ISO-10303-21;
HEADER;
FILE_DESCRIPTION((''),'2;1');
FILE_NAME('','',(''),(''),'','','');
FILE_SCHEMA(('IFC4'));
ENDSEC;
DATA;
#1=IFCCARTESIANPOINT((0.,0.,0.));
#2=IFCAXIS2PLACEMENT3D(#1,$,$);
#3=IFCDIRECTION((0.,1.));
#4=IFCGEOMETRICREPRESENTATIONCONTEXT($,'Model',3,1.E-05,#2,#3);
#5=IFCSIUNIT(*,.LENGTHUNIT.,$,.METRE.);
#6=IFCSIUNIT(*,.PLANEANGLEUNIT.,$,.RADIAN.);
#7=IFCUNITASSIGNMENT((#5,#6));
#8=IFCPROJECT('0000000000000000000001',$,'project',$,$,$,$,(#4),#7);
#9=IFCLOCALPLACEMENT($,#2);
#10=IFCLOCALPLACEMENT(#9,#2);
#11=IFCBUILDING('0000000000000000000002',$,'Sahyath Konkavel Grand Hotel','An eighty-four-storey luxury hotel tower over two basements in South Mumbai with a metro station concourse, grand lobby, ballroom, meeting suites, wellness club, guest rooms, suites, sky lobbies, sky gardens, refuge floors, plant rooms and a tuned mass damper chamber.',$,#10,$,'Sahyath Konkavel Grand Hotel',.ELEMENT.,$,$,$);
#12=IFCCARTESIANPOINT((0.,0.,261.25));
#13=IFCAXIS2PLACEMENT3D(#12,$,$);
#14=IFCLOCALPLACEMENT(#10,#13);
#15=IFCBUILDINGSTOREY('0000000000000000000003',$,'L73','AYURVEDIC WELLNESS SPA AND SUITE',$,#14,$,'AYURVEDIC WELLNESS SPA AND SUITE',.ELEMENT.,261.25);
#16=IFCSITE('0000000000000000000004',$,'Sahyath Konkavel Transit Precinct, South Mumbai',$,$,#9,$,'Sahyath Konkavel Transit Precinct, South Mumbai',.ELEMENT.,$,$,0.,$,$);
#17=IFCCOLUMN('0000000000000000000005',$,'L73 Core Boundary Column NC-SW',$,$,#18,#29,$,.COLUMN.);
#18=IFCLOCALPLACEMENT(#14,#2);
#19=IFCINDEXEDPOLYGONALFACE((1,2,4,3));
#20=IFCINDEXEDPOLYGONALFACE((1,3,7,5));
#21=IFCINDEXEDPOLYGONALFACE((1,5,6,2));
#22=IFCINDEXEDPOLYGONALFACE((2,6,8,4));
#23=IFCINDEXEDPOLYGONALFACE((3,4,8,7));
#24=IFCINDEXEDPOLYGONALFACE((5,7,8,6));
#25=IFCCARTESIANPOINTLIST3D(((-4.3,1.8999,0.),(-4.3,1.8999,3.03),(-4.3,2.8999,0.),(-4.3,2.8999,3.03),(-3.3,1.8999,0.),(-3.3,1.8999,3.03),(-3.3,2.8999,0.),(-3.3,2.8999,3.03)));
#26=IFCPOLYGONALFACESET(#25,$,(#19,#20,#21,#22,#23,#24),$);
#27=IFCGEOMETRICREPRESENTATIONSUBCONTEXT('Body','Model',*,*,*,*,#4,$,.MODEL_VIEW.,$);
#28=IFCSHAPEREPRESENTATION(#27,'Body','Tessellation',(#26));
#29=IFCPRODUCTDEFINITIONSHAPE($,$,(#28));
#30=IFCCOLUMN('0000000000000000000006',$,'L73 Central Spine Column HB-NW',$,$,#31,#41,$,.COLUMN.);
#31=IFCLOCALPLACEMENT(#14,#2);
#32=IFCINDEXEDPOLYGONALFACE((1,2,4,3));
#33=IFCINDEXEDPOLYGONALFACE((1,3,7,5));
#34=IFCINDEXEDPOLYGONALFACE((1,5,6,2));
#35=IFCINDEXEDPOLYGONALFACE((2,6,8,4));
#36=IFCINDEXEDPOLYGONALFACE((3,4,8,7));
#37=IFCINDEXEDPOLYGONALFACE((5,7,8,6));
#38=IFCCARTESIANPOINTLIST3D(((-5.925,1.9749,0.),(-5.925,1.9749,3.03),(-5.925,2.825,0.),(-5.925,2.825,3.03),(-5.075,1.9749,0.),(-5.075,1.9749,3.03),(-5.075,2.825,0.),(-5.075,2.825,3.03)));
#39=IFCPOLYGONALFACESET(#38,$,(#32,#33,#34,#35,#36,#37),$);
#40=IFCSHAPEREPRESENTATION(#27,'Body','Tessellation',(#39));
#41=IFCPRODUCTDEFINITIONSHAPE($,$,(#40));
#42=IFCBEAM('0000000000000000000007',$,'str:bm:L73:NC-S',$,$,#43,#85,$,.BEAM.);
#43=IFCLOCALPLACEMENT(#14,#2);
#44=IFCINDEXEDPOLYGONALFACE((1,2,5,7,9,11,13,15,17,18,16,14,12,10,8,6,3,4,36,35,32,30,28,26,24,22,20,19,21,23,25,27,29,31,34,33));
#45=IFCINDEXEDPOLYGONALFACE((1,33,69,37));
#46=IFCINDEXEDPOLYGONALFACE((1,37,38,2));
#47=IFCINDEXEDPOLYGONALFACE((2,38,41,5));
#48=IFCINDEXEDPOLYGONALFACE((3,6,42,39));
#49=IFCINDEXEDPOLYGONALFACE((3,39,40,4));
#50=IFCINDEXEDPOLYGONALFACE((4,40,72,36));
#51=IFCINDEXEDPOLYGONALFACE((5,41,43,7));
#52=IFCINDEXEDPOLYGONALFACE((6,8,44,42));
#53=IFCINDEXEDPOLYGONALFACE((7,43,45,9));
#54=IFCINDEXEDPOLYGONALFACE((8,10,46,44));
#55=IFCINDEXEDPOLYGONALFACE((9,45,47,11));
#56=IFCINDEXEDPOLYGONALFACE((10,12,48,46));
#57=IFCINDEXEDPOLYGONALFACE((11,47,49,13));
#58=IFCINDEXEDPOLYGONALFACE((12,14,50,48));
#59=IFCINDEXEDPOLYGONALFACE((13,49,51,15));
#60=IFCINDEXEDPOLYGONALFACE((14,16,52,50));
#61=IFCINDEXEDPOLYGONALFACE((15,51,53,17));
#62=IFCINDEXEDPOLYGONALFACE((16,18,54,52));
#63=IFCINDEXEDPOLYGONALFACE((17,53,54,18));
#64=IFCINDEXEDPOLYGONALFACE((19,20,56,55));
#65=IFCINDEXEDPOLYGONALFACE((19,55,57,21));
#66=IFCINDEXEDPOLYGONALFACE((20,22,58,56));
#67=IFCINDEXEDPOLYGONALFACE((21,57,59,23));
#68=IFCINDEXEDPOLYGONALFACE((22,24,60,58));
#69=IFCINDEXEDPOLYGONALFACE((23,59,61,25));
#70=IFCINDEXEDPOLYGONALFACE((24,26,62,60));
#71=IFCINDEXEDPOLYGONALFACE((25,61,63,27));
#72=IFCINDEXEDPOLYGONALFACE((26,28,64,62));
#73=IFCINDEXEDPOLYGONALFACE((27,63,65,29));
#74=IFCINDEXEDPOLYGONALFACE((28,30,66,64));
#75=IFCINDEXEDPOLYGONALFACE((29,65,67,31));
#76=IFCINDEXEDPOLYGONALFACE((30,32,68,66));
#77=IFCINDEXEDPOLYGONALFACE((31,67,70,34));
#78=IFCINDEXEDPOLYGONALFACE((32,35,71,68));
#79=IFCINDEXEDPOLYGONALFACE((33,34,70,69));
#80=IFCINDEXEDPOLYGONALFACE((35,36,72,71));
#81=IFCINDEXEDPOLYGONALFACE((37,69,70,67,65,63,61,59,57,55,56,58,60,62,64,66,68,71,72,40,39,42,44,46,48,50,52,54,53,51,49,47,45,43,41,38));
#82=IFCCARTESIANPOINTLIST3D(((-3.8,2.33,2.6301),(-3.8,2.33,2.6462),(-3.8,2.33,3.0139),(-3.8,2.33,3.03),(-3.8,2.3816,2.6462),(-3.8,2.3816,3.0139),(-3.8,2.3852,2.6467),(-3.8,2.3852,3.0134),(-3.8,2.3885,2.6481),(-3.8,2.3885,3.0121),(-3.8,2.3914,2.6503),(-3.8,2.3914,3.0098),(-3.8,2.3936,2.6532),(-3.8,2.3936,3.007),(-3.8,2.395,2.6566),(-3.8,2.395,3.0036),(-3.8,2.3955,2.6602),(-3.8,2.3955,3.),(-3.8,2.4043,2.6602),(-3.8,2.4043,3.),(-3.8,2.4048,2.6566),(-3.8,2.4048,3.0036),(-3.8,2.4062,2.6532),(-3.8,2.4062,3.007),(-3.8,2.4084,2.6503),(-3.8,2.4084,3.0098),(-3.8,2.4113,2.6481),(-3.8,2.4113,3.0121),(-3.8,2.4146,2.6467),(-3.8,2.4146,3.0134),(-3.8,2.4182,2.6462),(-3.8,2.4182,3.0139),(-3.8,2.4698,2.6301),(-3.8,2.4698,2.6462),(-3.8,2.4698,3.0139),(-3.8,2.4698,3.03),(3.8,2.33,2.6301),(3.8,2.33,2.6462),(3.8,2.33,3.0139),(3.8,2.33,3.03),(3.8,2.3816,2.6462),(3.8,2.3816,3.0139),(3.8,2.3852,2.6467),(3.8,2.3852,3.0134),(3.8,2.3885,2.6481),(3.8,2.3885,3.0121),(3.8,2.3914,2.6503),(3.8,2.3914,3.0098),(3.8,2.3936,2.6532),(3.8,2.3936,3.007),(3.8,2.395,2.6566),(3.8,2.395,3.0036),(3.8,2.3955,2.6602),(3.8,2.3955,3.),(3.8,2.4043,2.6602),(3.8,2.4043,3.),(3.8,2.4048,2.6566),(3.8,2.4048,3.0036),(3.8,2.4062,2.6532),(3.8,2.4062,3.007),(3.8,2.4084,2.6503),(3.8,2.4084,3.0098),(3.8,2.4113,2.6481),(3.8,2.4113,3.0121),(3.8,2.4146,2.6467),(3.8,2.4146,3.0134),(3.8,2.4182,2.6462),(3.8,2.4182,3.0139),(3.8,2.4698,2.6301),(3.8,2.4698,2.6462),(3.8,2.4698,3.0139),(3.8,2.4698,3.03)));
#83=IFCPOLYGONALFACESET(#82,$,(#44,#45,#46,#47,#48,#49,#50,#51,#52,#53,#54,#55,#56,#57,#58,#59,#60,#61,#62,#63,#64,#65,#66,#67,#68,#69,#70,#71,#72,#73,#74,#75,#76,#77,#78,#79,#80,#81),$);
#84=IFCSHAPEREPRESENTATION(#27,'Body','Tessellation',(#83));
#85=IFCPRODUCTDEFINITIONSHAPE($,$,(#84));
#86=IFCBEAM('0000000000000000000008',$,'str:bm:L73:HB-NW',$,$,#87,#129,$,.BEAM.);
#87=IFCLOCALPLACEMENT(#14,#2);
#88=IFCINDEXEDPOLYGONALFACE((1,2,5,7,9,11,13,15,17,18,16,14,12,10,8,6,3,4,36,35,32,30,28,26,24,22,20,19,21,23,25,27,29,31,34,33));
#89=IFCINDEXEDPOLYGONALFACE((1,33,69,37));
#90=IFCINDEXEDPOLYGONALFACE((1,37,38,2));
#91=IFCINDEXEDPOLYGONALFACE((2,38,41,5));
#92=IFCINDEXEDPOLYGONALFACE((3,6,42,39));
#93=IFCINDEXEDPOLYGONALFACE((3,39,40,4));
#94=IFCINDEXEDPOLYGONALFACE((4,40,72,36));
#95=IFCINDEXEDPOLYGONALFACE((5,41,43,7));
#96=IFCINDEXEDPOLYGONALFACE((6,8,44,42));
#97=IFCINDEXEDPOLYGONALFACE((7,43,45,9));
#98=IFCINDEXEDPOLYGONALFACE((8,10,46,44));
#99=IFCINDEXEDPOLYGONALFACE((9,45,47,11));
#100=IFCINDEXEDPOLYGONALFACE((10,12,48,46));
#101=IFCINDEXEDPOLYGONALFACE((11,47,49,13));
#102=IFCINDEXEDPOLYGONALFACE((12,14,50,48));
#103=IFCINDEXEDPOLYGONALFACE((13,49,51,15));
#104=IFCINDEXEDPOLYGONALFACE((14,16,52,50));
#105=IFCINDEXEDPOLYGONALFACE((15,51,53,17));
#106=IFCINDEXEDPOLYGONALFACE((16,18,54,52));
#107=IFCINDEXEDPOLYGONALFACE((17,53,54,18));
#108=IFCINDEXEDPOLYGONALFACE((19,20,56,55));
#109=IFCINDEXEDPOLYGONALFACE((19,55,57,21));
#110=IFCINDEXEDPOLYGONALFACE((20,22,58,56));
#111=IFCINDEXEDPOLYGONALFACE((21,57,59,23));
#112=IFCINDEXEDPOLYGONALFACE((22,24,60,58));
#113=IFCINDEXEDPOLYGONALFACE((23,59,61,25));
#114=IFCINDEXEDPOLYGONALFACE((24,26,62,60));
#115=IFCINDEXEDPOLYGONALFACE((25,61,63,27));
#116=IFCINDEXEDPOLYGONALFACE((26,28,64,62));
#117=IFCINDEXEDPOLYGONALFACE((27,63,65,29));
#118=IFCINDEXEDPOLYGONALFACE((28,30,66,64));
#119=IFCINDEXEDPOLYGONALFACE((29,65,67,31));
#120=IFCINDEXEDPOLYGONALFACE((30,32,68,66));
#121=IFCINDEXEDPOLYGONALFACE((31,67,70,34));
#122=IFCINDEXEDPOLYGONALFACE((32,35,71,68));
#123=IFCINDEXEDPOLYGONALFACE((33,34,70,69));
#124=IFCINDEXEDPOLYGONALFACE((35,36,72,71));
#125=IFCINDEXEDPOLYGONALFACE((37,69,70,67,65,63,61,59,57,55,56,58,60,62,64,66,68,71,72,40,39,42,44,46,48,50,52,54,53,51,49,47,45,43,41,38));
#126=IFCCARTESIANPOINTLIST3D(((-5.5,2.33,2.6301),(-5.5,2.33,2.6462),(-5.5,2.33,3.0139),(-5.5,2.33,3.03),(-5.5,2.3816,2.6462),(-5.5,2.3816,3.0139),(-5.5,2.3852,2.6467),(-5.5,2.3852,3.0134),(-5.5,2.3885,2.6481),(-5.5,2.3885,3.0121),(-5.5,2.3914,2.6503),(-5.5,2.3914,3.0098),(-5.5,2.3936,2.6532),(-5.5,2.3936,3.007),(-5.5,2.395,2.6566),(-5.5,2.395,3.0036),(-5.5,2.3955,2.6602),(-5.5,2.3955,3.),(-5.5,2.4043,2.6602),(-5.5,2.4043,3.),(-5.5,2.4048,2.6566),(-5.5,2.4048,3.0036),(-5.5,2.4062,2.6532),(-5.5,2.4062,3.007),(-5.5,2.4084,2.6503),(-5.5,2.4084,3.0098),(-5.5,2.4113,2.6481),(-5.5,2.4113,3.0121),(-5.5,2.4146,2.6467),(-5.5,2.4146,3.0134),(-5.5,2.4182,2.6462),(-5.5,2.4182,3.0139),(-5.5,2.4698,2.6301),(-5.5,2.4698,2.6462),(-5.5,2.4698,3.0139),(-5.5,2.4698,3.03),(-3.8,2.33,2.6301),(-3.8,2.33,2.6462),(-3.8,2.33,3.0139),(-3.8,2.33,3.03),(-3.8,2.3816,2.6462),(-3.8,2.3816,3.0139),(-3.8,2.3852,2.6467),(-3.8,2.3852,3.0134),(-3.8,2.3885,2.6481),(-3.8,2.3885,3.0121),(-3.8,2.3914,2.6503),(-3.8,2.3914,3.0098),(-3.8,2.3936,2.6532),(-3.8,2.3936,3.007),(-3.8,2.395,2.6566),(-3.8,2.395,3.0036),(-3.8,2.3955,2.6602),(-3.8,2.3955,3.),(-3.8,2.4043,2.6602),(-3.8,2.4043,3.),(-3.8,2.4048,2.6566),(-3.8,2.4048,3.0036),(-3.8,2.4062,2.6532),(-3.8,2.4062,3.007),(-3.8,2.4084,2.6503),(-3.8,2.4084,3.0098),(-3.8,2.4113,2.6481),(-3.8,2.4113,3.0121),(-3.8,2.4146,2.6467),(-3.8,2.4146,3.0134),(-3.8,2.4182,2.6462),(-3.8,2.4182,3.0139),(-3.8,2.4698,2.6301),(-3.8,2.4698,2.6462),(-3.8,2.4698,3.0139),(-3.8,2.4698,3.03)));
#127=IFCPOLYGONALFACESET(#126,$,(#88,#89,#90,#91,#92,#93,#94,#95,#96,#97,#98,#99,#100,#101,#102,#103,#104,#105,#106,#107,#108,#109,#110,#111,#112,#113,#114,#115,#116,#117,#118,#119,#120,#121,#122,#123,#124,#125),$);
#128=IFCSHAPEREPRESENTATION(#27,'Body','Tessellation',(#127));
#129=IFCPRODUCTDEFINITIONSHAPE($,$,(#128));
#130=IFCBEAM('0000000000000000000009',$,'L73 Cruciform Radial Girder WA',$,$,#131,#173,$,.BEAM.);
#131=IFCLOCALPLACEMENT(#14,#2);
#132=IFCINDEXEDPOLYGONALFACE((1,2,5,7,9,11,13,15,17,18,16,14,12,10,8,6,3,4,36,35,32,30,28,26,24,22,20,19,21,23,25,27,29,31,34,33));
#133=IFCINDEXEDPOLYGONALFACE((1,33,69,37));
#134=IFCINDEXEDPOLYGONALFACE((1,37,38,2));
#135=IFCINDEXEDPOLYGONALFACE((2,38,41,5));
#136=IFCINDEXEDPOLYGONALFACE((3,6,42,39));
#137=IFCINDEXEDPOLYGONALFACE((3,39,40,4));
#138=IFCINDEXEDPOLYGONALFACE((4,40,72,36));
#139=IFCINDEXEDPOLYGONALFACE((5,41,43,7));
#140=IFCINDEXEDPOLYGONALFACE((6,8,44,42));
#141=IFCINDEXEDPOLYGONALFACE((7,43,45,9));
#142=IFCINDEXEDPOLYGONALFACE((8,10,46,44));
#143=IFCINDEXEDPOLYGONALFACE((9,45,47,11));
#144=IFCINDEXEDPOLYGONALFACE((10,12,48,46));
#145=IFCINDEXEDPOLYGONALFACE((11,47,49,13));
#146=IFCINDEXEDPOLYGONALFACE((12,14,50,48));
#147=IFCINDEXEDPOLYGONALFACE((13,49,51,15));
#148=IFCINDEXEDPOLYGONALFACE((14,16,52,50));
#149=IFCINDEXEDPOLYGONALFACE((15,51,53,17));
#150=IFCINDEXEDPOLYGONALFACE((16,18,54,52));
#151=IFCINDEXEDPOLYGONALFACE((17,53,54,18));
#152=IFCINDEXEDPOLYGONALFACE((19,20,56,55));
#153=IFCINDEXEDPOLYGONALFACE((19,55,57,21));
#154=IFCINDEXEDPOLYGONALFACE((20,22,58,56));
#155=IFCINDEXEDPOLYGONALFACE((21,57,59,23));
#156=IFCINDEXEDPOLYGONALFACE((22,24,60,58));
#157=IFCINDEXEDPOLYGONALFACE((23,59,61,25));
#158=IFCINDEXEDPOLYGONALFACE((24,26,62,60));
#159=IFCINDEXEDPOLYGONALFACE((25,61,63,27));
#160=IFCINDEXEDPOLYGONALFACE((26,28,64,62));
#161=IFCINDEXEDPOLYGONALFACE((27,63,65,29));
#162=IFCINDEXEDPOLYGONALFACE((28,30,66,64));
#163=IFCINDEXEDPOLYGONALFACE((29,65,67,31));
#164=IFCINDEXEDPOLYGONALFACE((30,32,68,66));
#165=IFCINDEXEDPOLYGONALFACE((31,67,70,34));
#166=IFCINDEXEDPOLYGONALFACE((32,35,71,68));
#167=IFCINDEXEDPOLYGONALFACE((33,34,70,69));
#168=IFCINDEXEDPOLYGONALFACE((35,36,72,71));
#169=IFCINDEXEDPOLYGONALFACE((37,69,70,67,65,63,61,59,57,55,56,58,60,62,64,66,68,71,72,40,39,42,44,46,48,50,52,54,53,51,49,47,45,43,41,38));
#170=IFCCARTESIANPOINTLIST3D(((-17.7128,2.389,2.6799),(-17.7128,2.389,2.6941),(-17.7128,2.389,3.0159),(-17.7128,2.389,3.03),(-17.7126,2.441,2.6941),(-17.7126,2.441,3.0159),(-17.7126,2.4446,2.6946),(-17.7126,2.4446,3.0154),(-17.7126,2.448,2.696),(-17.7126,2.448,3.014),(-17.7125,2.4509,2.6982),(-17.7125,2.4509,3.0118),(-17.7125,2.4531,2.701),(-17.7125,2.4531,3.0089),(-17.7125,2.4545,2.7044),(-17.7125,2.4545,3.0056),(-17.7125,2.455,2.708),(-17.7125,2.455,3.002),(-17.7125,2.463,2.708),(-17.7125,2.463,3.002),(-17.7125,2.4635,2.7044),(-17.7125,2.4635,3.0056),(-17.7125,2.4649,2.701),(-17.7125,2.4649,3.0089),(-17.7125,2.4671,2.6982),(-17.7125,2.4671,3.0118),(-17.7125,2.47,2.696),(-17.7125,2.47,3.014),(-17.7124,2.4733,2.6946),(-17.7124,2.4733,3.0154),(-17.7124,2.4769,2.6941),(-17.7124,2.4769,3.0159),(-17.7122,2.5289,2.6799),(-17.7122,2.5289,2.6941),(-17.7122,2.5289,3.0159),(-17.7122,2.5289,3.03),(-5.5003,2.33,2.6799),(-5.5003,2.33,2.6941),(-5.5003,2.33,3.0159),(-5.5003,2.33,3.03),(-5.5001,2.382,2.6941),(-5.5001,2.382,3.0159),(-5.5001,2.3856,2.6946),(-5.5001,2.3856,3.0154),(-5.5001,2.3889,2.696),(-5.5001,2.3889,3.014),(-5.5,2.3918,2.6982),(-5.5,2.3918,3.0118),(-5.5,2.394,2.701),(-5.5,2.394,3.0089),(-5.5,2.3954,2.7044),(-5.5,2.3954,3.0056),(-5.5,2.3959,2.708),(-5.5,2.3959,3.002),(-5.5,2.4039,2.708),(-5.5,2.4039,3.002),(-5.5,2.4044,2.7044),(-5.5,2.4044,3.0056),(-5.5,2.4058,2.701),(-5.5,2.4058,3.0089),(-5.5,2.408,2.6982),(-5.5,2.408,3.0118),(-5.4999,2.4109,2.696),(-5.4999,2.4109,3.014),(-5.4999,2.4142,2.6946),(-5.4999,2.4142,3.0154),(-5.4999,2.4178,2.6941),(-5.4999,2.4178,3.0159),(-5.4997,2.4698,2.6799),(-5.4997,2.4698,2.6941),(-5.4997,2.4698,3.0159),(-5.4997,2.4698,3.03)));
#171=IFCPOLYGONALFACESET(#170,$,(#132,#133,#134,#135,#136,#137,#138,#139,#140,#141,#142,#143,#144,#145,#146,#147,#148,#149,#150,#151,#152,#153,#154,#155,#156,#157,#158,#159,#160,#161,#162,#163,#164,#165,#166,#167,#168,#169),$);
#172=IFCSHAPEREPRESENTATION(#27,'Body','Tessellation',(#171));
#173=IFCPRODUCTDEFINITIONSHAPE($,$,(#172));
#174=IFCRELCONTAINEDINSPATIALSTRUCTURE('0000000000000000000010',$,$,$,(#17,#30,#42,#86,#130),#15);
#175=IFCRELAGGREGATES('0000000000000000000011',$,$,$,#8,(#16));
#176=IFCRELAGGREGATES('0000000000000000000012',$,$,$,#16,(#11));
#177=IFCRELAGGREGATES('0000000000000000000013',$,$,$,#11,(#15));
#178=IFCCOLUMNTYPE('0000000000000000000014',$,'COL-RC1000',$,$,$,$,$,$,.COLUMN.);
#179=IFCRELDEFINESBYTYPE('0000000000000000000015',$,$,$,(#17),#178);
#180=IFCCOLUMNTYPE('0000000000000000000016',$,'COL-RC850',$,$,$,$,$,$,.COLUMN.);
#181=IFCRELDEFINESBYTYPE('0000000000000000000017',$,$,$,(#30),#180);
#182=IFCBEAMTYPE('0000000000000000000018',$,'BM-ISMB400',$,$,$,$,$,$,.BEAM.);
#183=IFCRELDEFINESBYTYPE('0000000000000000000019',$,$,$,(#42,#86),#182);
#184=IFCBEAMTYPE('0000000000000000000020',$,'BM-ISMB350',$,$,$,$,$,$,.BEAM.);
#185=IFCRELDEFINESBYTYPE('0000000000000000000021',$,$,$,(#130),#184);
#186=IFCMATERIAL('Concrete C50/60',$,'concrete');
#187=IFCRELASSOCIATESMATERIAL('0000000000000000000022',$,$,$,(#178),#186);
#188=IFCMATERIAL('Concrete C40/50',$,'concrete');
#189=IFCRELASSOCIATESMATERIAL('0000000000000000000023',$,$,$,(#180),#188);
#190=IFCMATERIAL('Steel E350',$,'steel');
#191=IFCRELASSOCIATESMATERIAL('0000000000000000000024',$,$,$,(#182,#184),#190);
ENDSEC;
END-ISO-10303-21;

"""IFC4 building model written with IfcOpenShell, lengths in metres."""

from ifc_helpers import new_model, si_unit, direction, frame, origin, origin_2d, place, context, subcontext, project, spatial, rectangle, i_section, extrude, source, transform, mapped, material, material_profile, profile_set, type_object, element, save


model = new_model("IFC4")

# Units and contexts
model_context = context("Model", 3, precision=1e-05, world=origin(), true_north=direction((0.0, 1.0)))
body_context = subcontext(model_context, "Body", "Model", "MODEL_VIEW")
ifc_project = project(units=[si_unit("LENGTHUNIT", "METRE"), si_unit("PLANEANGLEUNIT", "RADIAN")], contexts=[model_context])

# Site, building, storey
site_placement = place(None, origin())
site = spatial("IfcSite", under=ifc_project, at=site_placement, Name="Sahyath Konkavel Transit Precinct, South Mumbai", LongName="Sahyath Konkavel Transit Precinct, South Mumbai", CompositionType="ELEMENT", RefElevation=0.0)
building_placement = place(site_placement, origin())
building = spatial("IfcBuilding", under=site, at=building_placement, Name="Sahyath Konkavel Grand Hotel", Description="An eighty-four-storey luxury hotel tower over two basements in South Mumbai with a metro station concourse, grand lobby, ballroom, meeting suites, wellness club, guest rooms, suites, sky lobbies, sky gardens, refuge floors, plant rooms and a tuned mass damper chamber.", LongName="Sahyath Konkavel Grand Hotel", CompositionType="ELEMENT")
storey_placement = place(building_placement, frame((0.0, 0.0, 261.25)))
storey = spatial("IfcBuildingStorey", under=building, at=storey_placement, Name="L73", Description="AYURVEDIC WELLNESS SPA AND SUITE", LongName="AYURVEDIC WELLNESS SPA AND SUITE", CompositionType="ELEMENT", Elevation=261.25)

# Columns
ifc_material_1 = material(Name="Concrete C50/60", Category="concrete")
ifc_material_profile_1 = material_profile(ifc_material_1, rectangle(XDim=1.0, YDim=1.0, at=origin_2d()), Name="RC 1000x1000")
ifc_profile_set_1 = profile_set([ifc_material_profile_1], Name="Concrete C50/60")
column_type_1 = type_object("IfcColumnType", Name="COL-RC1000", PredefinedType="COLUMN", material=ifc_profile_set_1)
shared_shape_1 = source(origin(), body_context, "Body", "SweptSolid", [
    extrude(rectangle(XDim=1.0, YDim=1.0, at=origin_2d()), origin(), (0.0, 0.0, 1.0), 3.03),
])
column_1_placement = place(storey_placement, frame((-3.8, 2.3999, 0.0), z_axis=(0.0, 0.0, 1.0), x_axis=(1.0, 0.0, 0.0)))
element("IfcColumn", 1, at=column_1_placement, inside=storey, type_object=column_type_1, Name="L73 Core Boundary Column NC-SW", PredefinedType="COLUMN", context=body_context, shape_type="MappedRepresentation", body=[
    mapped(shared_shape_1, transform((0.0, 0.0, 0.0), scale=1.0)),
])
ifc_material_2 = material(Name="Concrete C40/50", Category="concrete")
ifc_material_profile_2 = material_profile(ifc_material_2, rectangle(XDim=0.8501, YDim=0.8501, at=origin_2d()), Name="RC 850x850")
ifc_profile_set_2 = profile_set([ifc_material_profile_2], Name="Concrete C40/50")
column_type_2 = type_object("IfcColumnType", Name="COL-RC850", PredefinedType="COLUMN", material=ifc_profile_set_2)
shared_shape_2 = source(origin(), body_context, "Body", "SweptSolid", [
    extrude(rectangle(XDim=0.8501, YDim=0.8501, at=origin_2d()), origin(), (0.0, 0.0, 1.0), 3.03),
])
column_2_placement = place(storey_placement, frame((-5.5, 2.3999, 0.0), z_axis=(0.0, 0.0, 1.0), x_axis=(1.0, 0.0, 0.0)))
element("IfcColumn", 2, at=column_2_placement, inside=storey, type_object=column_type_2, Name="L73 Central Spine Column HB-NW", PredefinedType="COLUMN", context=body_context, shape_type="MappedRepresentation", body=[
    mapped(shared_shape_2, transform((0.0, 0.0, 0.0), scale=1.0)),
])

# Beams
ifc_material_3 = material(Name="Steel E350", Category="steel")
ifc_material_profile_3 = material_profile(ifc_material_3, i_section(OverallWidth=0.1399, OverallDepth=0.3999, WebThickness=0.0088, FlangeThickness=0.0161, FilletRadius=0.0139, at=origin_2d()), Name="ISMB 400")
ifc_profile_set_3 = profile_set([ifc_material_profile_3], Name="Steel E350")
beam_type_1 = type_object("IfcBeamType", Name="BM-ISMB400", PredefinedType="BEAM", material=ifc_profile_set_3)
shared_shape_3 = source(origin(), body_context, "Body", "SweptSolid", [
    extrude(i_section(OverallWidth=0.1399, OverallDepth=0.3999, WebThickness=0.0088, FlangeThickness=0.0161, FilletRadius=0.0139, at=origin_2d()), origin(), (0.0, 0.0, 1.0), 7.6001),
])
beam_1_placement = place(storey_placement, frame((-3.8, 2.3999, 2.8301), z_axis=(1.0, 0.0, 0.0), x_axis=(0.0, 1.0, 0.0)))
element("IfcBeam", 3, at=beam_1_placement, inside=storey, type_object=beam_type_1, Name="str:bm:L73:NC-S", PredefinedType="BEAM", context=body_context, shape_type="MappedRepresentation", body=[
    mapped(shared_shape_3, transform((0.0, 0.0, 0.0), scale=1.0)),
])
shared_shape_4 = source(origin(), body_context, "Body", "SweptSolid", [
    extrude(i_section(OverallWidth=0.1399, OverallDepth=0.3999, WebThickness=0.0088, FlangeThickness=0.0161, FilletRadius=0.0139, at=origin_2d()), origin(), (0.0, 0.0, 1.0), 1.7),
])
beam_2_placement = place(storey_placement, frame((-5.5, 2.3999, 2.8301), z_axis=(1.0, 0.0, 0.0), x_axis=(0.0, 1.0, 0.0)))
element("IfcBeam", 4, at=beam_2_placement, inside=storey, type_object=beam_type_1, Name="str:bm:L73:HB-NW", PredefinedType="BEAM", context=body_context, shape_type="MappedRepresentation", body=[
    mapped(shared_shape_4, transform((0.0, 0.0, 0.0), scale=1.0)),
])
ifc_material_profile_4 = material_profile(ifc_material_3, i_section(OverallWidth=0.1399, OverallDepth=0.3501, WebThickness=0.0081, FlangeThickness=0.0142, FilletRadius=0.0139, at=origin_2d()), Name="ISMB 350")
ifc_profile_set_4 = profile_set([ifc_material_profile_4], Name="Steel E350")
beam_type_2 = type_object("IfcBeamType", Name="BM-ISMB350", PredefinedType="BEAM", material=ifc_profile_set_4)
shared_shape_5 = source(origin(), body_context, "Body", "SweptSolid", [
    extrude(i_section(OverallWidth=0.1399, OverallDepth=0.3501, WebThickness=0.0081, FlangeThickness=0.0142, FilletRadius=0.0139, at=origin_2d()), origin(), (0.0, 0.0, 1.0), 12.2126),
])
beam_3_placement = place(storey_placement, frame((-5.5, 2.3999, 2.855), z_axis=(-0.999988, 0.004838, 0.0), x_axis=(-0.004838, -0.999988, 0.0)))
element("IfcBeam", 5, at=beam_3_placement, inside=storey, type_object=beam_type_2, Name="L73 Cruciform Radial Girder WA", PredefinedType="BEAM", context=body_context, shape_type="MappedRepresentation", body=[
    mapped(shared_shape_5, transform((0.0, 0.0, 0.0), scale=1.0)),
])

save(model, "model.ifc")
